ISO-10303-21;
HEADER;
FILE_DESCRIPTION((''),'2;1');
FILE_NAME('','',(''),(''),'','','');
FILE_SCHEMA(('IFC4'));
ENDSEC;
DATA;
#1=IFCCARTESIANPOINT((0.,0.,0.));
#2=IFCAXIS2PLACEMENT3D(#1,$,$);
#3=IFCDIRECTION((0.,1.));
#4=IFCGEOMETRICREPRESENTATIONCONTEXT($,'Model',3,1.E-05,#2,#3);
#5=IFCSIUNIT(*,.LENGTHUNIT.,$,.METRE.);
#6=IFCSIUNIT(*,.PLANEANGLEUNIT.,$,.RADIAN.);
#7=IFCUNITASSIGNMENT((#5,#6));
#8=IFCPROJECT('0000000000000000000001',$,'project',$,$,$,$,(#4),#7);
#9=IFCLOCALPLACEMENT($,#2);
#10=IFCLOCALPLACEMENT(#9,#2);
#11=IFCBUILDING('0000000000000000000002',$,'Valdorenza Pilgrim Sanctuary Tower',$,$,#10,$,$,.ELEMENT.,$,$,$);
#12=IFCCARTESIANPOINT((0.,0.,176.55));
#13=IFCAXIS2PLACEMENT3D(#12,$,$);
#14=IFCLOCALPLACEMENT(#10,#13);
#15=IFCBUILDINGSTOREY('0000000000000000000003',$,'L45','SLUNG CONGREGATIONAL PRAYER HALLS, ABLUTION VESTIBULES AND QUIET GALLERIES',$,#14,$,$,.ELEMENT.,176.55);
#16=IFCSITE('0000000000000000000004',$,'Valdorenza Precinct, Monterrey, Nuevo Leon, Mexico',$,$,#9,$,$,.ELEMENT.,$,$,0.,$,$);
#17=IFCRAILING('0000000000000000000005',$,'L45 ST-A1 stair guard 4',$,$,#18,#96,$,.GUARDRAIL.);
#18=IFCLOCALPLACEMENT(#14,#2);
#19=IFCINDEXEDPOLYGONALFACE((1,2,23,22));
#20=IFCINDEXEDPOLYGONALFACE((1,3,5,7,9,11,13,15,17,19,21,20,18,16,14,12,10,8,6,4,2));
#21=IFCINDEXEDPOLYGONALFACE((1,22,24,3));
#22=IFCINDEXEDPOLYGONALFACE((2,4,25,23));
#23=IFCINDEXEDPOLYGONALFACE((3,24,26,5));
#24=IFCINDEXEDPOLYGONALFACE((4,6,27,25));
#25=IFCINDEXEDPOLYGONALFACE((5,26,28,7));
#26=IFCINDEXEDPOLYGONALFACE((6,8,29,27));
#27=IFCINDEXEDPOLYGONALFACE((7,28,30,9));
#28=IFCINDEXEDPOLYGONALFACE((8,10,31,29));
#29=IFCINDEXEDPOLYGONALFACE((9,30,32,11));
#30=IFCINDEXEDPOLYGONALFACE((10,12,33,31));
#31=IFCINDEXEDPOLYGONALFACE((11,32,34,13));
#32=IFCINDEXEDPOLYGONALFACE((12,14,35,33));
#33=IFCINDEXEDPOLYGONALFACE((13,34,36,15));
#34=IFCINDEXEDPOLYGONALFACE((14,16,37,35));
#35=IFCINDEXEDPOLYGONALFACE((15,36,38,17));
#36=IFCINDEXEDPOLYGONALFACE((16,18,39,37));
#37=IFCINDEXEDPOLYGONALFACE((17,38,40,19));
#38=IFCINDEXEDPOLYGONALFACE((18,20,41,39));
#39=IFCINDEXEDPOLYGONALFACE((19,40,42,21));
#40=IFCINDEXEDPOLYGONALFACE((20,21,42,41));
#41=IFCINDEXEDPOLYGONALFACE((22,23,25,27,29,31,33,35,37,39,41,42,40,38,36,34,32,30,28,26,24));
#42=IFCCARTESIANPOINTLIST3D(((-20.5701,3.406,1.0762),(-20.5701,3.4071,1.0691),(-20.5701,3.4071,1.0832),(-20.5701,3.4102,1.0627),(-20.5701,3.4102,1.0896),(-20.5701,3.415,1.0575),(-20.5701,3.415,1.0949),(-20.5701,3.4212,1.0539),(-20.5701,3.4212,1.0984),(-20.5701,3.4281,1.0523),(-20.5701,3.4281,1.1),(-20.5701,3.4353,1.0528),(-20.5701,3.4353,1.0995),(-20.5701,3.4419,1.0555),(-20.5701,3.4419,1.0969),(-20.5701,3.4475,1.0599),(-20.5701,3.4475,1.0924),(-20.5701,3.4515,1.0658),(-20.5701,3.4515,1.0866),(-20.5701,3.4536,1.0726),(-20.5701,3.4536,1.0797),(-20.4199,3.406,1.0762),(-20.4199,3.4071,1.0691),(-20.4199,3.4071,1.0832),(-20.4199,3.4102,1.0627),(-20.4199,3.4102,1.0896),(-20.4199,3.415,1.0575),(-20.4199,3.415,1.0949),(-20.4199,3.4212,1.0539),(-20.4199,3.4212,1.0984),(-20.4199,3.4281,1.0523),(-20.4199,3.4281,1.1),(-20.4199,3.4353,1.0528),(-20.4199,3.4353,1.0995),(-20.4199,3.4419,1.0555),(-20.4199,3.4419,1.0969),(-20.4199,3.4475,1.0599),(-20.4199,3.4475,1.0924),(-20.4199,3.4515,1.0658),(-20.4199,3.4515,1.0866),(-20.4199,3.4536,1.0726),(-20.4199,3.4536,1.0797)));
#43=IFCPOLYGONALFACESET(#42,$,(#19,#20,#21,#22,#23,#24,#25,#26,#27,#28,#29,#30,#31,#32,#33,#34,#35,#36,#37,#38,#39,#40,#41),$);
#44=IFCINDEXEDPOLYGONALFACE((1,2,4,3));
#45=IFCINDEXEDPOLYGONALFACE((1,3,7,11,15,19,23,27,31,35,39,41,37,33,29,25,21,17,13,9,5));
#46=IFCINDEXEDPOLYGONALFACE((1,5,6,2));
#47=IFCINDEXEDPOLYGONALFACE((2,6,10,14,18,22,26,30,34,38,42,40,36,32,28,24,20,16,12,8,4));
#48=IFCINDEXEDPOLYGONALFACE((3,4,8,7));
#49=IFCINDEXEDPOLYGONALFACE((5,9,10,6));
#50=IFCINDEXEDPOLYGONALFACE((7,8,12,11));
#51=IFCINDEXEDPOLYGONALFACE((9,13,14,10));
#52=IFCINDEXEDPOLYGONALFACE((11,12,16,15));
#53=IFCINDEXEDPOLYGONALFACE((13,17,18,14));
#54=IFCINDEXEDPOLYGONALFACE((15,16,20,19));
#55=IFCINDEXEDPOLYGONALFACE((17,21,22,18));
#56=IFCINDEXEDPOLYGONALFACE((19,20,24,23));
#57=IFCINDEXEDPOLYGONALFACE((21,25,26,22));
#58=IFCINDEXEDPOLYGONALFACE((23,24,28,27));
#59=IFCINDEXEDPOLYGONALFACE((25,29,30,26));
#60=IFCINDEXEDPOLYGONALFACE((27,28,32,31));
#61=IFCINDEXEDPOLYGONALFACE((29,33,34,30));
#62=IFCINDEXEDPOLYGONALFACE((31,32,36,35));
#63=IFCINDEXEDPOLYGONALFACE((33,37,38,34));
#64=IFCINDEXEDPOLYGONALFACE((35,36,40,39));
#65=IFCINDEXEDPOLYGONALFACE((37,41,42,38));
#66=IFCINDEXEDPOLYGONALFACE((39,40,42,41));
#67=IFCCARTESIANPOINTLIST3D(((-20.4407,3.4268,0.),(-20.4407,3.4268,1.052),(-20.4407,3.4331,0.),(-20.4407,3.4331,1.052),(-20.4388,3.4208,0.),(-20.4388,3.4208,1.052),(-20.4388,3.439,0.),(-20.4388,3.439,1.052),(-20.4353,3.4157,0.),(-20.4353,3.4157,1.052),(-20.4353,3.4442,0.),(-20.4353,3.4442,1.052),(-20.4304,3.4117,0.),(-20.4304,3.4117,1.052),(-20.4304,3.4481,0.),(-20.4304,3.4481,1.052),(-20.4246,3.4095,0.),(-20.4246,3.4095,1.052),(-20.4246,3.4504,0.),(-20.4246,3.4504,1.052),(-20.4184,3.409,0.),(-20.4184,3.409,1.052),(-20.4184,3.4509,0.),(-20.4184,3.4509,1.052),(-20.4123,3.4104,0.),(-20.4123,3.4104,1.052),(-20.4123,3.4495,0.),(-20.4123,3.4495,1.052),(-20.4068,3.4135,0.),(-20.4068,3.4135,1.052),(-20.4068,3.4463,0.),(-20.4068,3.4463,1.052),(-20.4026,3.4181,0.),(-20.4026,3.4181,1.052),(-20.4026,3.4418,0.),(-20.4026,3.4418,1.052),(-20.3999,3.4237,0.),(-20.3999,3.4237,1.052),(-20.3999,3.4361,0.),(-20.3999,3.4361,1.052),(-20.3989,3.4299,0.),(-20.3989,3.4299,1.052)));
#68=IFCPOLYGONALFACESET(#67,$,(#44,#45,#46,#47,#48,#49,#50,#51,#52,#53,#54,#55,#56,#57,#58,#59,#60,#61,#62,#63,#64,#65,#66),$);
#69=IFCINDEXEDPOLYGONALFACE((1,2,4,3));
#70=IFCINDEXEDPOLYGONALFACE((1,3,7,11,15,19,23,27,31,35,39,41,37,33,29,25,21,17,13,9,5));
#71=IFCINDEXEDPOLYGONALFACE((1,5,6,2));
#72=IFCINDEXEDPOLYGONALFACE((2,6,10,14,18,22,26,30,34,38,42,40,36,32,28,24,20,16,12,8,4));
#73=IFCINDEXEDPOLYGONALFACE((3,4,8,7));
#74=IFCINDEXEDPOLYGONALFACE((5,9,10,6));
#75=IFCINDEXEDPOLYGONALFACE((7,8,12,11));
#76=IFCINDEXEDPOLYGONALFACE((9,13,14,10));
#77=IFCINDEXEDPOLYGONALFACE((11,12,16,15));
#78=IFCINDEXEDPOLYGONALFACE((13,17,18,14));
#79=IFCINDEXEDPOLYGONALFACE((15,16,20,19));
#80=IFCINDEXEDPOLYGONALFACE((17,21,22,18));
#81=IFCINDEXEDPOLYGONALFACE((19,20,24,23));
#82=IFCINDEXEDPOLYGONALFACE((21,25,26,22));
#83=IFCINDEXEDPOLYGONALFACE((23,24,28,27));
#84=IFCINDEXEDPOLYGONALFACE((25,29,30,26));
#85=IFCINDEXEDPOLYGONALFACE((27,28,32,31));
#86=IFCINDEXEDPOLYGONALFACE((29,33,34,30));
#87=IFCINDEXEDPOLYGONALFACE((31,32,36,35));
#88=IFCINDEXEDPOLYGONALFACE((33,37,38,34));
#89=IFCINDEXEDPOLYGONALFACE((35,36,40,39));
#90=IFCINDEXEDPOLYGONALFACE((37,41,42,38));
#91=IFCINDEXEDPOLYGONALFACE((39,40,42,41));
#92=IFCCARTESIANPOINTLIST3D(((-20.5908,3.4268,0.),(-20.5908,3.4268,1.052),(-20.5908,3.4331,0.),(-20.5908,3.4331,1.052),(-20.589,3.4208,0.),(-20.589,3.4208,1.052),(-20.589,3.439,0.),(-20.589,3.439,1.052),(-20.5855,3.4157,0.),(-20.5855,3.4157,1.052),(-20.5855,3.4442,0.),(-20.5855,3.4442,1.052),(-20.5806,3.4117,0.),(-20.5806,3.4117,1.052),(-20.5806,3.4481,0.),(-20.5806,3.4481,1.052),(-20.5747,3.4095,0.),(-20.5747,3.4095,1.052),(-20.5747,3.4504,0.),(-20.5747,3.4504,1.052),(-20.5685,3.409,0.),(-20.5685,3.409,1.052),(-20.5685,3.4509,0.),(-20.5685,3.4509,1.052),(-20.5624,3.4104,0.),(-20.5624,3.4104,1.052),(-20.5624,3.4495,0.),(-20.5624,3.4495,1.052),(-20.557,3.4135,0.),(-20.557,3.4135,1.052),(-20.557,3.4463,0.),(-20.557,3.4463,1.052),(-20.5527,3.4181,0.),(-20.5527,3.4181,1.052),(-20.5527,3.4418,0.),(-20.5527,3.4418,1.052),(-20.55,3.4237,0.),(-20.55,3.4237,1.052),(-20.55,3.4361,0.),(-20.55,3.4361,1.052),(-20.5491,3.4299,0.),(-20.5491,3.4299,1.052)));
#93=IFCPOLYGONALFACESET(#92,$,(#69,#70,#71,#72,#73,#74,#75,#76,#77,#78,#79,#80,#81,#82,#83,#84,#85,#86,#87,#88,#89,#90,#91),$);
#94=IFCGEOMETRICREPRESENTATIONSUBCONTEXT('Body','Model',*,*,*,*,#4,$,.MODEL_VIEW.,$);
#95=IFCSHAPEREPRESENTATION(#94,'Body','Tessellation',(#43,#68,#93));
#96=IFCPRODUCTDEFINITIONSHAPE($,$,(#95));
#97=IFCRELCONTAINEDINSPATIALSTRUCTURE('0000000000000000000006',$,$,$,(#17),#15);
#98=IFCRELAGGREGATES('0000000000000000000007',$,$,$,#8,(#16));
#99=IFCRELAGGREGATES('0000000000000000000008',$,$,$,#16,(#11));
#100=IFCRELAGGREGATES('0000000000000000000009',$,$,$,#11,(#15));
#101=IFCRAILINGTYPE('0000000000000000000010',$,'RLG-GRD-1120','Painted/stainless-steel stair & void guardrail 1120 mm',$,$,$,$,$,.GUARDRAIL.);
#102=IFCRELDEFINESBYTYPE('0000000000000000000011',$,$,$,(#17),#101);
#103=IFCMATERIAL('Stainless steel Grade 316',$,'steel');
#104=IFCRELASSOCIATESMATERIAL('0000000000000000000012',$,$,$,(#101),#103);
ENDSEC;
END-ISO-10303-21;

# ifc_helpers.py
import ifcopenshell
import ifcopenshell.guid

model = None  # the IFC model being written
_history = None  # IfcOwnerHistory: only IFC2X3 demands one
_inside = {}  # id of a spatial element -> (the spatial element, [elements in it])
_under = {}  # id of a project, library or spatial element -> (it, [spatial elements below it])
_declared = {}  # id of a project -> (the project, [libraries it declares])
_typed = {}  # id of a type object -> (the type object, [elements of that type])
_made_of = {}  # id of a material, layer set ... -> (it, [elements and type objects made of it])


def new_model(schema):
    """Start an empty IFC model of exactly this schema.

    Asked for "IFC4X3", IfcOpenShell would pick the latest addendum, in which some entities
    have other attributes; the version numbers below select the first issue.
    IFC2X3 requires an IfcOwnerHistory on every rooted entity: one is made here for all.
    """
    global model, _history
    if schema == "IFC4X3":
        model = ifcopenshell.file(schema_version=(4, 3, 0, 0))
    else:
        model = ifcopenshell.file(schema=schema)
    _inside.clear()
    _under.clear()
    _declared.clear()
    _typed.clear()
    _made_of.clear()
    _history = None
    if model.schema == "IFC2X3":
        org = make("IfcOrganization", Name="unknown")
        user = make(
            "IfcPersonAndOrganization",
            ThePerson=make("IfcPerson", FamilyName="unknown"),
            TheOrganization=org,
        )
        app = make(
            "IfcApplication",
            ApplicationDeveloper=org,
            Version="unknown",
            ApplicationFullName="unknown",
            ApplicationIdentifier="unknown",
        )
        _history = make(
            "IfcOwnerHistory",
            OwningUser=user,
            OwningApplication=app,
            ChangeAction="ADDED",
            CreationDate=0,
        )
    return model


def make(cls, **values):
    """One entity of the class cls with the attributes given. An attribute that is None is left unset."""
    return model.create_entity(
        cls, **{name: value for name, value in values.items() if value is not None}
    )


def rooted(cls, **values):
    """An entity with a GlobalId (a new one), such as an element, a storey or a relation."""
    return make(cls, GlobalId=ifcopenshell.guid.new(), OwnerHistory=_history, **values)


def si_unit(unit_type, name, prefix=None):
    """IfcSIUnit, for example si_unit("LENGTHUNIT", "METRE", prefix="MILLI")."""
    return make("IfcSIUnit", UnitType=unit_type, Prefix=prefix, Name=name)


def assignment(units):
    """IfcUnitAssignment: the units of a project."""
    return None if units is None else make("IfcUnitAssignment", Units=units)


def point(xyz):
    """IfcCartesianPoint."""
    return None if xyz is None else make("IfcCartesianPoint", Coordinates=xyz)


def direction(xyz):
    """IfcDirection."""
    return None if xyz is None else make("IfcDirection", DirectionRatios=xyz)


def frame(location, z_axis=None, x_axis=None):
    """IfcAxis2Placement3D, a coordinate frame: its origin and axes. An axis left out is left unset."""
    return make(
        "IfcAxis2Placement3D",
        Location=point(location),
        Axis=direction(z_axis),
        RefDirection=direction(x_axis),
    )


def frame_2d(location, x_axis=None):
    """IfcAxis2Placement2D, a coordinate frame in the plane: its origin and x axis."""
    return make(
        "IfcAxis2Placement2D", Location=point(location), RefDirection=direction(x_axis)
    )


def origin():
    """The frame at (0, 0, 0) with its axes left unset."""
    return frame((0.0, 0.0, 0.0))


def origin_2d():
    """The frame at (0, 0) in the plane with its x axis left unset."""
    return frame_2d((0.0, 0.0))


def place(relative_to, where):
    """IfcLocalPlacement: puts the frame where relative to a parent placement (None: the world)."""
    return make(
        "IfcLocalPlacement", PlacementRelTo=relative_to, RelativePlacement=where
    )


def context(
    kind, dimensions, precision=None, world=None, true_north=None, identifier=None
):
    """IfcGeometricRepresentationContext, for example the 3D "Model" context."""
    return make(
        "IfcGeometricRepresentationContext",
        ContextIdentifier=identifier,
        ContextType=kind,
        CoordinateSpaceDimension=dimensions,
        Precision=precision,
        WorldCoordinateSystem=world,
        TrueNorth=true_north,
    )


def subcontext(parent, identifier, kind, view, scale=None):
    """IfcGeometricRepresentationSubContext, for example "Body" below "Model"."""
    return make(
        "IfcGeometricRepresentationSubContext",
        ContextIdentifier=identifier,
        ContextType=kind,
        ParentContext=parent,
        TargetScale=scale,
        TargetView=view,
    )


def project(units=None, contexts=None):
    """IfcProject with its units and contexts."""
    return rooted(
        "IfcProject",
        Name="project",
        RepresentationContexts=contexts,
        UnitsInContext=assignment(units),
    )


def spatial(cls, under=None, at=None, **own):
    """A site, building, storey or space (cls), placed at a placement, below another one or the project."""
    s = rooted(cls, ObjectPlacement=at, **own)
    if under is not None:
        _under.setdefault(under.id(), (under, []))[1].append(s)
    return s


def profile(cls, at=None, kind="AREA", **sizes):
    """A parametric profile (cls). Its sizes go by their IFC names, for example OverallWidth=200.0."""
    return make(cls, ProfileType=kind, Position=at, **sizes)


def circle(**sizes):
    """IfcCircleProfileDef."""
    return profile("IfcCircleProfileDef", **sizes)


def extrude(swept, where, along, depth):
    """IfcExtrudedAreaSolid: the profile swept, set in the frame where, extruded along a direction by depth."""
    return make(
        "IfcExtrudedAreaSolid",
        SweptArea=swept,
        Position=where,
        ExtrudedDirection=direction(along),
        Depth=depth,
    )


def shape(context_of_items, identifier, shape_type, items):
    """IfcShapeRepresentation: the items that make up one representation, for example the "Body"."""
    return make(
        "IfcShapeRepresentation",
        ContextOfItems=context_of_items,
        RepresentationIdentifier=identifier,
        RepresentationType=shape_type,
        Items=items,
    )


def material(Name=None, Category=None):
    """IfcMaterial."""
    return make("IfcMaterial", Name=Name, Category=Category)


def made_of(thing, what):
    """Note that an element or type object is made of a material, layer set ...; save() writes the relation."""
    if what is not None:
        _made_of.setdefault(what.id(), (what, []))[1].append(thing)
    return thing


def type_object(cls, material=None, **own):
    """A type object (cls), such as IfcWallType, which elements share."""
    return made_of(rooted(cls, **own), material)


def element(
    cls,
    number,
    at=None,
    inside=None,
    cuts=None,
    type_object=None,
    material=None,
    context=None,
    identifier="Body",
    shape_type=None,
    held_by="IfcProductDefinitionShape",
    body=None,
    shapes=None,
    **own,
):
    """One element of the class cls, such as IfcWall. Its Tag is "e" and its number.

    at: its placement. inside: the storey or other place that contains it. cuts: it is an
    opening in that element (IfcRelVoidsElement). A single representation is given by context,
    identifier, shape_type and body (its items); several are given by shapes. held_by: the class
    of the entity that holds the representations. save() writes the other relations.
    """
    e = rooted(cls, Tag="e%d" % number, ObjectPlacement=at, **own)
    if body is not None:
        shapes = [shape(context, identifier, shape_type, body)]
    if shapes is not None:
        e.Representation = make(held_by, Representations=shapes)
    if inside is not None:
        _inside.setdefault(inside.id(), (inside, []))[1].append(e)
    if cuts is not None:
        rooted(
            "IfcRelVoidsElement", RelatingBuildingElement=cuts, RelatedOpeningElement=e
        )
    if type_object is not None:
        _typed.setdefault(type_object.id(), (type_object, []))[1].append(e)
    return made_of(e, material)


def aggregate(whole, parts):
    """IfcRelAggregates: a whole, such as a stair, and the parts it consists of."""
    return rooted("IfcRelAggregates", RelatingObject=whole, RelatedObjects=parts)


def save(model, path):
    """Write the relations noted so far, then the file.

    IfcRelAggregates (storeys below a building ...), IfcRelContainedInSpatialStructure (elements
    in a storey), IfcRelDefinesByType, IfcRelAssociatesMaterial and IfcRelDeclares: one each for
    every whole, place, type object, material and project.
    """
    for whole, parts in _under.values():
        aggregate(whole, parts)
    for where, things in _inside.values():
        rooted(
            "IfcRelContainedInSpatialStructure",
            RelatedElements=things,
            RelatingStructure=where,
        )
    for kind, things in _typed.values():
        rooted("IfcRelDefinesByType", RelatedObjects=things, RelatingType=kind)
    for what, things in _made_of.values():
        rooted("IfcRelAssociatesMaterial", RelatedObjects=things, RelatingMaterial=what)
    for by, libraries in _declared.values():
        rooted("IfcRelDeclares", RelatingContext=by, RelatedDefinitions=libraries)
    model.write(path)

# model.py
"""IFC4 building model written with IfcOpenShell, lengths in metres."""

from ifc_helpers import new_model, si_unit, direction, frame, origin, origin_2d, place, context, subcontext, project, spatial, circle, extrude, material, type_object, element, save


model = new_model("IFC4")

# Units and contexts
model_context = context("Model", 3, precision=1e-05, world=origin(), true_north=direction((0.0, 1.0)))
body_context = subcontext(model_context, "Body", "Model", "MODEL_VIEW")
ifc_project = project(units=[si_unit("LENGTHUNIT", "METRE"), si_unit("PLANEANGLEUNIT", "RADIAN")], contexts=[model_context])

# Site, building, storey
site_placement = place(None, origin())
site = spatial("IfcSite", under=ifc_project, at=site_placement, Name="Valdorenza Precinct, Monterrey, Nuevo Leon, Mexico", CompositionType="ELEMENT", RefElevation=0.0)
building_placement = place(site_placement, origin())
building = spatial("IfcBuilding", under=site, at=building_placement, Name="Valdorenza Pilgrim Sanctuary Tower", CompositionType="ELEMENT")
storey_placement = place(building_placement, frame((0.0, 0.0, 176.55)))
storey = spatial("IfcBuildingStorey", under=building, at=storey_placement, Name="L45", Description="SLUNG CONGREGATIONAL PRAYER HALLS, ABLUTION VESTIBULES AND QUIET GALLERIES", CompositionType="ELEMENT", Elevation=176.55)

# Railing
ifc_material_1 = material(Name="Stainless steel Grade 316", Category="steel")
railing_type_1 = type_object("IfcRailingType", Name="RLG-GRD-1120", Description="Painted/stainless-steel stair & void guardrail 1120 mm", PredefinedType="GUARDRAIL", material=ifc_material_1)
railing_1_placement = place(storey_placement, frame((-20.4199, 3.4299, 0.0)))
element("IfcRailing", 1, at=railing_1_placement, inside=storey, type_object=railing_type_1, Name="L45 ST-A1 stair guard 4", PredefinedType="GUARDRAIL", context=body_context, shape_type="SweptSolid", body=[
    extrude(circle(Radius=0.0239, at=origin_2d()), frame((0.0, 0.0, 1.0762), z_axis=(-1.0, 0.0, 0.0), x_axis=(0.0, -1.0, 0.0)), (0.0, 0.0, 1.0), 0.1501),
    extrude(circle(Radius=0.021, at=origin_2d()), origin(), (0.0, 0.0, 1.0), 1.052),
    extrude(circle(Radius=0.021, at=origin_2d()), frame((-0.1501, 0.0, 0.0)), (0.0, 0.0, 1.0), 1.052),
])

save(model, "model.ifc")
